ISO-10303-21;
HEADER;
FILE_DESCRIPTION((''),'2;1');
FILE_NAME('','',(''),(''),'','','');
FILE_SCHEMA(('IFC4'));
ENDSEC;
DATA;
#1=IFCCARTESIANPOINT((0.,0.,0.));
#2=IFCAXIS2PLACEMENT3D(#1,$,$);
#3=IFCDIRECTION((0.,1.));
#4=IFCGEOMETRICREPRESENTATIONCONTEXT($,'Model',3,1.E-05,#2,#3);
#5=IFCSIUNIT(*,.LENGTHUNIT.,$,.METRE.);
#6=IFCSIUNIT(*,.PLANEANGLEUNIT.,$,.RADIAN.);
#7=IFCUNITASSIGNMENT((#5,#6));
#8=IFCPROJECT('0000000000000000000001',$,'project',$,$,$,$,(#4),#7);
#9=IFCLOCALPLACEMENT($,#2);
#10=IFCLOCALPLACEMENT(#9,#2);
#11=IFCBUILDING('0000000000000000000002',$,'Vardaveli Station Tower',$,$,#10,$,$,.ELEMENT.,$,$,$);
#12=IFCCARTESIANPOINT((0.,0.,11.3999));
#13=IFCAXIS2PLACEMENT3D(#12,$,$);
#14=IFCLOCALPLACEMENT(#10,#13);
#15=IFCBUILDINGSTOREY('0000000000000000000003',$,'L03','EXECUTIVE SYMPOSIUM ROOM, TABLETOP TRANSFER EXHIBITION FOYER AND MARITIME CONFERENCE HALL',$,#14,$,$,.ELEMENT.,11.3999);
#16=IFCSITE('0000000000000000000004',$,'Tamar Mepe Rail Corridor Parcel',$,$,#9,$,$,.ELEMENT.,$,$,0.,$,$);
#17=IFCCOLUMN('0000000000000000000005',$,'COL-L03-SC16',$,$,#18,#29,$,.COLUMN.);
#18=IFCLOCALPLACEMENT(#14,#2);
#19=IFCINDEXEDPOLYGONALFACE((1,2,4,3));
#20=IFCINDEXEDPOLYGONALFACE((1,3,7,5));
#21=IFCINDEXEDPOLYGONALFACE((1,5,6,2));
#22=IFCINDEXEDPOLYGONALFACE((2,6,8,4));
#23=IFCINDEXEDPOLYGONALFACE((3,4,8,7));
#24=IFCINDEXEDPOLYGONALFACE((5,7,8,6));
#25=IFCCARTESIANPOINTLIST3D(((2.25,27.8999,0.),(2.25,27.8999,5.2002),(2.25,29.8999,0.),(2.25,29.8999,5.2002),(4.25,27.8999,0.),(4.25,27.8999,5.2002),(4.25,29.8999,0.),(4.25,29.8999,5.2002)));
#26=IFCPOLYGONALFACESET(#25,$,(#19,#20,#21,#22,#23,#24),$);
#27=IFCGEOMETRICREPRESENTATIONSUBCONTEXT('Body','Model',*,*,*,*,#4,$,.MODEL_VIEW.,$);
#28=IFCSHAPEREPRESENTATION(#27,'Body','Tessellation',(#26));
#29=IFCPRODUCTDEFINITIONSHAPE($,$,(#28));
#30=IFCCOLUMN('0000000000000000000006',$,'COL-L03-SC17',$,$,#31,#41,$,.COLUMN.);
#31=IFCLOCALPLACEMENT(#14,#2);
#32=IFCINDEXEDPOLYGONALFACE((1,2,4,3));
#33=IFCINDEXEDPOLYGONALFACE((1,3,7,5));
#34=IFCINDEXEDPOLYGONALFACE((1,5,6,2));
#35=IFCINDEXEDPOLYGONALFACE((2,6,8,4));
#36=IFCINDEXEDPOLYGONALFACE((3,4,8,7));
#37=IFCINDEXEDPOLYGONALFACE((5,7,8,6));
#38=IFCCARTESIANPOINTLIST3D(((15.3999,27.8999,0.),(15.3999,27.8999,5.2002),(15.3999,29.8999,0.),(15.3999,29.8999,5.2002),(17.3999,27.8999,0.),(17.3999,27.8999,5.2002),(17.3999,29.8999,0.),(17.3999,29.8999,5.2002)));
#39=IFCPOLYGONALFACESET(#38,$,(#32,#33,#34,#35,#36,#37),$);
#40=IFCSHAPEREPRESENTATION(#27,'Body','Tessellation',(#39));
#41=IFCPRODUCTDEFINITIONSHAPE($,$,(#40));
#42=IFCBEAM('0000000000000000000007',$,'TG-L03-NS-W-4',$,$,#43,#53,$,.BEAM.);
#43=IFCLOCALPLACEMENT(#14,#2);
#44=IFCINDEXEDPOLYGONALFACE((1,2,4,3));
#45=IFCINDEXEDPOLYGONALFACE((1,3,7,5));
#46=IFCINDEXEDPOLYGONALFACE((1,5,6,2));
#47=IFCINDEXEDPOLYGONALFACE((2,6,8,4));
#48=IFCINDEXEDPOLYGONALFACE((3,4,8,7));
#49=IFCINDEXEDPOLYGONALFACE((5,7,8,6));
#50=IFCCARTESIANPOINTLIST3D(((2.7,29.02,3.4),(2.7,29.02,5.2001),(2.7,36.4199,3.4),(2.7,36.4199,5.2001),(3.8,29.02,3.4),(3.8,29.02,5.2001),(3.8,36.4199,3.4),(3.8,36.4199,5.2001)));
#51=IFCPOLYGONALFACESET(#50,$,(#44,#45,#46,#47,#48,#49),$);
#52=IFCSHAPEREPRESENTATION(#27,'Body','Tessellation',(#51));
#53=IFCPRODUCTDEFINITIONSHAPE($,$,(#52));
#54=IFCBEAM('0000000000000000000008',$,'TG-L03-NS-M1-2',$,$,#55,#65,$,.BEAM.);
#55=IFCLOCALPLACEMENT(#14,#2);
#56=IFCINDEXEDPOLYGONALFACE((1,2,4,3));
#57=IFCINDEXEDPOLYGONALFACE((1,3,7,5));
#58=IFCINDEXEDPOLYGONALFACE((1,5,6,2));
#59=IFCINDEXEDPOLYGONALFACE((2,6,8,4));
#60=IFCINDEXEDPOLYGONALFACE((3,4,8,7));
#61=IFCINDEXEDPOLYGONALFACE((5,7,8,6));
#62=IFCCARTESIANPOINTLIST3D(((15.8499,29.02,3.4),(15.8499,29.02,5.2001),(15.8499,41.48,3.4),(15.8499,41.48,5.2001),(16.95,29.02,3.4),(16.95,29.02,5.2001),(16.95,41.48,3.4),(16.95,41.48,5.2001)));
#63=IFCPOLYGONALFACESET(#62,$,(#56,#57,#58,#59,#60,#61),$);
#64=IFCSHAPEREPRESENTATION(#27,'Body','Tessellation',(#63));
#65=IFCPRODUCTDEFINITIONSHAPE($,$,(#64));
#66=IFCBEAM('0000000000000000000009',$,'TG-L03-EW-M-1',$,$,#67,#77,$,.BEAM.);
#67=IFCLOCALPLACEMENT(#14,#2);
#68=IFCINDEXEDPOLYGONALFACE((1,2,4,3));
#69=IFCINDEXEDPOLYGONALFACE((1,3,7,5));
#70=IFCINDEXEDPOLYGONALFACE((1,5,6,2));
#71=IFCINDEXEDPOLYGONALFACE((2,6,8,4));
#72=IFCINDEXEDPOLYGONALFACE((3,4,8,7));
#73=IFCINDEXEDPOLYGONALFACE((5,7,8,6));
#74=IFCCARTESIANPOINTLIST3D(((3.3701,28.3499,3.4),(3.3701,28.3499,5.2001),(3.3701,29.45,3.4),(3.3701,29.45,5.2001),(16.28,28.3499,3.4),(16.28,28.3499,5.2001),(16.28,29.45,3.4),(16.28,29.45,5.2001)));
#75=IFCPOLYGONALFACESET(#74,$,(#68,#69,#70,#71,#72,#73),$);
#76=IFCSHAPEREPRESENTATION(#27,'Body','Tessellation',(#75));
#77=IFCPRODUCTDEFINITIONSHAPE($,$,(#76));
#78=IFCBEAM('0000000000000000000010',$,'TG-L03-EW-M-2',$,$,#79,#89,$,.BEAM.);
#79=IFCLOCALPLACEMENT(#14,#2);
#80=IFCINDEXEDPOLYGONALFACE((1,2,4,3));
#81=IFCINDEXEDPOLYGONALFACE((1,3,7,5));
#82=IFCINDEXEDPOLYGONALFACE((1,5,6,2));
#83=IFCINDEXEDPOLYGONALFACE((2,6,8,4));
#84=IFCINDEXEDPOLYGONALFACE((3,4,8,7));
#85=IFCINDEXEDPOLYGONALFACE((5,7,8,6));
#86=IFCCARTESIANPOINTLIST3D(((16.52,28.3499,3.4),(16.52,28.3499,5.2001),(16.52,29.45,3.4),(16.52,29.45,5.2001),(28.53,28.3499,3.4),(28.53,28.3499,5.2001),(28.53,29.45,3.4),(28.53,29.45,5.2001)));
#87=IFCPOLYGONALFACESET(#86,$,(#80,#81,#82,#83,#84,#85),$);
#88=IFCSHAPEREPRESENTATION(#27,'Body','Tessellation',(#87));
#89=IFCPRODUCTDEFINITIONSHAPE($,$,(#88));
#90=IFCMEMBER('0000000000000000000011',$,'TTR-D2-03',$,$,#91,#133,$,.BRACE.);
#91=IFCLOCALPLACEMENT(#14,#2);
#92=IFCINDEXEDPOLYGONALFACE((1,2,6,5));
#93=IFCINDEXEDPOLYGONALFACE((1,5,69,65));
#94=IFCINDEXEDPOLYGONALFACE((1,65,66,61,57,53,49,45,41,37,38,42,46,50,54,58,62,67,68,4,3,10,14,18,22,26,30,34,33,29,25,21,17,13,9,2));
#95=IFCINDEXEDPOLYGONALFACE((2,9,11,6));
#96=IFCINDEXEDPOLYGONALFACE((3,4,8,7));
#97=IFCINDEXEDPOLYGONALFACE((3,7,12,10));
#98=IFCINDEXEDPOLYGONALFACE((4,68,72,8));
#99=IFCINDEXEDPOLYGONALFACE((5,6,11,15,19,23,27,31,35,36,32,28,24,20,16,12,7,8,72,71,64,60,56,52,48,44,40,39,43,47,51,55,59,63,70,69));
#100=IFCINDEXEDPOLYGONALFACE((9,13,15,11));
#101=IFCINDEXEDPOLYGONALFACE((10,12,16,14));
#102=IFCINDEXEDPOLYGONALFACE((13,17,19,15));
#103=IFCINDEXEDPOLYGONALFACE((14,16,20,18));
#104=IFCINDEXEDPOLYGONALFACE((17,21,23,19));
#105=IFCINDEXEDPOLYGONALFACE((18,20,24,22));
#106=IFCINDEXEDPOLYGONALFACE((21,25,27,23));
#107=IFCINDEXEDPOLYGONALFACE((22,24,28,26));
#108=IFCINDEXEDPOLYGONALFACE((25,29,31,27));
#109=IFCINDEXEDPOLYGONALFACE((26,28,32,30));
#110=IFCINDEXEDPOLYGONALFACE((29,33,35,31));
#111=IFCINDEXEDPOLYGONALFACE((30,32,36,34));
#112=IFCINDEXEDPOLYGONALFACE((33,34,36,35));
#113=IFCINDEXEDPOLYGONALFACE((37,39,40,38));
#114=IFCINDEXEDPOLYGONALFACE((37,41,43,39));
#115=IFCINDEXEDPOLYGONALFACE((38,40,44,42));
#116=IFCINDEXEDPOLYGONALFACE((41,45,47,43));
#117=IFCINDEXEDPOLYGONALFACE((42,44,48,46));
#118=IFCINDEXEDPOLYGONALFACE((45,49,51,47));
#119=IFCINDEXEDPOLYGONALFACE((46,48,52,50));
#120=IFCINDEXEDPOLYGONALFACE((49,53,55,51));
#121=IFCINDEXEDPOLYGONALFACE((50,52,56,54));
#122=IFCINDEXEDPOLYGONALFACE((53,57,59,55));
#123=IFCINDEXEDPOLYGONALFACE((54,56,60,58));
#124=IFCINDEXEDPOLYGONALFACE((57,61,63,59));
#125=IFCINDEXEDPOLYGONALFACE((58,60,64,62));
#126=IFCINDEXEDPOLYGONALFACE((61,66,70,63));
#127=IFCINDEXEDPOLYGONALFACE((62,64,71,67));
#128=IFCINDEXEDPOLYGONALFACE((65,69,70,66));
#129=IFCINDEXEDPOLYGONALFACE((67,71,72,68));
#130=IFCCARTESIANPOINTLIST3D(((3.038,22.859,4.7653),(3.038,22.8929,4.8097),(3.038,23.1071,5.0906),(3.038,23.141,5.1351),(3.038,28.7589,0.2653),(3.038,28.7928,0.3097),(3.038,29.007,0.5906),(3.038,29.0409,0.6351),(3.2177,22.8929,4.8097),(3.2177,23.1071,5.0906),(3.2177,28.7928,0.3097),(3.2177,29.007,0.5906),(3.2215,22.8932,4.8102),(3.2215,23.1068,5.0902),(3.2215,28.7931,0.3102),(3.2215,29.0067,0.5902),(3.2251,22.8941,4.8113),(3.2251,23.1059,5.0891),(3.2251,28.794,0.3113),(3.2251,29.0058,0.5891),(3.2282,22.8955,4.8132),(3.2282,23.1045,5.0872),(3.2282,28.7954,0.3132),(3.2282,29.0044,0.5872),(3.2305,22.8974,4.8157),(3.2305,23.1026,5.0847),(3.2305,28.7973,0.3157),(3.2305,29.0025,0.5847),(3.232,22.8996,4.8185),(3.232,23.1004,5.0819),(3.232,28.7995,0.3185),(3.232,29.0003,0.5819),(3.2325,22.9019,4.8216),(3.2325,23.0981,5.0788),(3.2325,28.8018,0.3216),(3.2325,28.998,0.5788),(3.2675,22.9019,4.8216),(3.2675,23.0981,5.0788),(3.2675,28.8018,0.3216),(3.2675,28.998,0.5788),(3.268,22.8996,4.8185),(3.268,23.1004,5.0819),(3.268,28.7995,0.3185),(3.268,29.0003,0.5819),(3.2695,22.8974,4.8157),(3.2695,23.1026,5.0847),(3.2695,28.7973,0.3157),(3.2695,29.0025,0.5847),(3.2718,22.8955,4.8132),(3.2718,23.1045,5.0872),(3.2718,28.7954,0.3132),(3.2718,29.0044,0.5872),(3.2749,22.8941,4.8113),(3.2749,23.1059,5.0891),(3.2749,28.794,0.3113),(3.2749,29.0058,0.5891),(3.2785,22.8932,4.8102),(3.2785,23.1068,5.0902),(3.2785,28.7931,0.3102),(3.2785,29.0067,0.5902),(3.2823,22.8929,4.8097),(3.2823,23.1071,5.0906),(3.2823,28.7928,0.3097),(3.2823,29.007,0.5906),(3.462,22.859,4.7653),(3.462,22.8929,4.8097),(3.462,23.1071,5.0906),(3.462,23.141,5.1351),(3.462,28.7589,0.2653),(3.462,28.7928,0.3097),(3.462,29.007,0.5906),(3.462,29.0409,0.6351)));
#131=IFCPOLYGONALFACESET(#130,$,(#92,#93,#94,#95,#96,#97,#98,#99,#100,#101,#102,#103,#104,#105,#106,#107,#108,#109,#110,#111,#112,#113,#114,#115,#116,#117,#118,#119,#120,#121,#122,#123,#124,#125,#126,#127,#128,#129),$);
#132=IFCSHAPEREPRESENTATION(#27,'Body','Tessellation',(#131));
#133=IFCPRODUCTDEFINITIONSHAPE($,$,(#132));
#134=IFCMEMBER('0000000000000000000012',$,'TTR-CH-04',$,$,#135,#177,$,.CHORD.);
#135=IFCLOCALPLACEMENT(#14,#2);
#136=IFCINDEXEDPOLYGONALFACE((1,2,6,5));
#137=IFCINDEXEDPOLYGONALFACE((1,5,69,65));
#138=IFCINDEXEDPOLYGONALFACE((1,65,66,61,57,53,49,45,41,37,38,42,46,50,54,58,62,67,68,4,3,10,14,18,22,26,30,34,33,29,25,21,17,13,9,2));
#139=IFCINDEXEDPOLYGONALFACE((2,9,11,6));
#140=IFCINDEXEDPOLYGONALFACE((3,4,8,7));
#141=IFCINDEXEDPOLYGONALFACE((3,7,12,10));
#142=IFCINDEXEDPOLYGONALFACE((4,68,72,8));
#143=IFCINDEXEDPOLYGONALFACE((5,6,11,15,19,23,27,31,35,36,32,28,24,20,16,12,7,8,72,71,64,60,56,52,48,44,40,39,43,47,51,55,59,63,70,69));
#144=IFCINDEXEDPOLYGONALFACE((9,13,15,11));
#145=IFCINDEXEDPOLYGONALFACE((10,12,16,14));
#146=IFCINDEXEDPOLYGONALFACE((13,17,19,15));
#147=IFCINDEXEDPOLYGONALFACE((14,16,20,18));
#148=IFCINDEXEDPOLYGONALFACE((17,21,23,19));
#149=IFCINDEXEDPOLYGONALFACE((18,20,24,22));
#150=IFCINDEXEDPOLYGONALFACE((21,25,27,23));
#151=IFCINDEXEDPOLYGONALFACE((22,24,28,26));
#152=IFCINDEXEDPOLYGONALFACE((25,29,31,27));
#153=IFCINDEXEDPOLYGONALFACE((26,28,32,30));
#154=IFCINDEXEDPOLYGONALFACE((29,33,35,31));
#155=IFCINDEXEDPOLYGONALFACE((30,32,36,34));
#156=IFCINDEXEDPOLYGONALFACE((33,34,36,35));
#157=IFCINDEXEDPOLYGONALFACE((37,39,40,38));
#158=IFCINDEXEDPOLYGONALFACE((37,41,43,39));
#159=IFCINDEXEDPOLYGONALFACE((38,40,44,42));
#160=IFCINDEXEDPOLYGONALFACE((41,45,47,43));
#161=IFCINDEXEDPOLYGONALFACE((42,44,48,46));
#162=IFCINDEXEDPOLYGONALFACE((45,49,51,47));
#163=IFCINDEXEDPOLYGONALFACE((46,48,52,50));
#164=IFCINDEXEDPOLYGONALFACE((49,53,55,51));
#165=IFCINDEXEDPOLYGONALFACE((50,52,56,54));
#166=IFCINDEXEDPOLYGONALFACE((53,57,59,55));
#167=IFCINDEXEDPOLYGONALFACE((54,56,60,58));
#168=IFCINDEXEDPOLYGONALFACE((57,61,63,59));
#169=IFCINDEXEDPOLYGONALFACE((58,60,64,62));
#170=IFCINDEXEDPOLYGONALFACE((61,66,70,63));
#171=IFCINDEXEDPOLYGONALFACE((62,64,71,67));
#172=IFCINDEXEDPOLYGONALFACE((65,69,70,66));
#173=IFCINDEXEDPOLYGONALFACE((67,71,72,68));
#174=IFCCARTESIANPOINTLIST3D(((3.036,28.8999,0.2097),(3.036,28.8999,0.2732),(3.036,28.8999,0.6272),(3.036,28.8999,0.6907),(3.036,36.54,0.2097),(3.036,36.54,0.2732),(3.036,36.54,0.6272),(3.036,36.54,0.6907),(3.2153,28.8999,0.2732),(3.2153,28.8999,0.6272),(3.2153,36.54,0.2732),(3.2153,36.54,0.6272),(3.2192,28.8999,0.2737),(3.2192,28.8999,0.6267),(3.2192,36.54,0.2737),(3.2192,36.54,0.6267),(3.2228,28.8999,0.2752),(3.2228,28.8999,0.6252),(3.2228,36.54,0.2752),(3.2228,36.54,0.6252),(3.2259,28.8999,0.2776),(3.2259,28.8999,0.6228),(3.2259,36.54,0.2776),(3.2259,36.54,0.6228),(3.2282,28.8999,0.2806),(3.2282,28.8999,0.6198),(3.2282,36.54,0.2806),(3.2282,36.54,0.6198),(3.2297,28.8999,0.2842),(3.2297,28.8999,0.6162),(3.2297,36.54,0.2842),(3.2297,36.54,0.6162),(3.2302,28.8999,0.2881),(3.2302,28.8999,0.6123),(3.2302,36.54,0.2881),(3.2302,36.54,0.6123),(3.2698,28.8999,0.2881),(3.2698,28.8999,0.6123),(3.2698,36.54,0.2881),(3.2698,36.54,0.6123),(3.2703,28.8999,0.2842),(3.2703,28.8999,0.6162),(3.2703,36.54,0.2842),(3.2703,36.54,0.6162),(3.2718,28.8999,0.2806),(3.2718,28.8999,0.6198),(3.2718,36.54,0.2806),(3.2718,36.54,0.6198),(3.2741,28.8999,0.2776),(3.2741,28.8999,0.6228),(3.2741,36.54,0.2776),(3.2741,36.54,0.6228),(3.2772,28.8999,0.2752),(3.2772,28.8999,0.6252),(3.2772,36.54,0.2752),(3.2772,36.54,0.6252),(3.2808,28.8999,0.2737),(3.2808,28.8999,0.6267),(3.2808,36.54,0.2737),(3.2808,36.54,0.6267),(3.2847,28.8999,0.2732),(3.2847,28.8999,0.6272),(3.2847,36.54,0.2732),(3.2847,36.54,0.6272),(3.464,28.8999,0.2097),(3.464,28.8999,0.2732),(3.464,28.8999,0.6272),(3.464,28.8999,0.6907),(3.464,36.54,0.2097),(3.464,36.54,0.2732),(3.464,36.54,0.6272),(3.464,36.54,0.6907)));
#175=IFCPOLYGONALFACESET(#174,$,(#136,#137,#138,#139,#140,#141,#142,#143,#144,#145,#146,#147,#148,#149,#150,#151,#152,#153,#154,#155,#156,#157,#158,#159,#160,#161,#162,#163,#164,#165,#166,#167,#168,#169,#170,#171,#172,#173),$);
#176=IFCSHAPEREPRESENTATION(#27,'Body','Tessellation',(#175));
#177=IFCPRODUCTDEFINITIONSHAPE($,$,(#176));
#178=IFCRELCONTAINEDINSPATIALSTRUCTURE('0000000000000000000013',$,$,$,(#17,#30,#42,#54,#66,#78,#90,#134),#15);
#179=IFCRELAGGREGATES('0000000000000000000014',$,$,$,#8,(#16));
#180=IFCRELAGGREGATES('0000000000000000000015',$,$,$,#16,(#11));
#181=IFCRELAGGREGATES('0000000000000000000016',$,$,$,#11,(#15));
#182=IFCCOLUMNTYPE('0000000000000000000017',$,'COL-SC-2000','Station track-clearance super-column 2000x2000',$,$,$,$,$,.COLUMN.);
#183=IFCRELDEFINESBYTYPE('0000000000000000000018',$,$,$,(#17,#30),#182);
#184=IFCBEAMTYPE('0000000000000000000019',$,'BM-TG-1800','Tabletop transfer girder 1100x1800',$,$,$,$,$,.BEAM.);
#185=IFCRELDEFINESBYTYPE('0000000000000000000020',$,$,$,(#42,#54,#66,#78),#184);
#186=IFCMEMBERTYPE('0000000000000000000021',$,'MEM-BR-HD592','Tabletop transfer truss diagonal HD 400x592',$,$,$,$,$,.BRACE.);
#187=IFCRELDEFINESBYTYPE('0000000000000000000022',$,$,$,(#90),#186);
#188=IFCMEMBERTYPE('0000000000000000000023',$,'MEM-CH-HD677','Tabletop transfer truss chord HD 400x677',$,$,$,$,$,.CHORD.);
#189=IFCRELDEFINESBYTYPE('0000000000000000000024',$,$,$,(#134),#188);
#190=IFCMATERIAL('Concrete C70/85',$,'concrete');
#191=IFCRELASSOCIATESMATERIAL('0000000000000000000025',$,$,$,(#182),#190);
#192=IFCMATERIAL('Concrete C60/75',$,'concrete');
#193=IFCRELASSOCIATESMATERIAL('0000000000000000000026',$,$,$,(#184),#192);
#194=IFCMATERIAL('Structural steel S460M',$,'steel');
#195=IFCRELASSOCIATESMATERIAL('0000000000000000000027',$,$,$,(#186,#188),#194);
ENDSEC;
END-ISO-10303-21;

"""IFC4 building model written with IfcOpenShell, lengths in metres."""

from ifc_helpers import new_model, si_unit, direction, frame, origin, origin_2d, place, context, subcontext, project, spatial, rectangle, i_section, extrude, source, transform, mapped, material, material_profile, profile_set, type_object, element, save


model = new_model("IFC4")

# Units and contexts
model_context = context("Model", 3, precision=1e-05, world=origin(), true_north=direction((0.0, 1.0)))
body_context = subcontext(model_context, "Body", "Model", "MODEL_VIEW")
ifc_project = project(units=[si_unit("LENGTHUNIT", "METRE"), si_unit("PLANEANGLEUNIT", "RADIAN")], contexts=[model_context])

# Site, building, storey
site_placement = place(None, origin())
site = spatial("IfcSite", under=ifc_project, at=site_placement, Name="Tamar Mepe Rail Corridor Parcel", CompositionType="ELEMENT", RefElevation=0.0)
building_placement = place(site_placement, origin())
building = spatial("IfcBuilding", under=site, at=building_placement, Name="Vardaveli Station Tower", CompositionType="ELEMENT")
storey_placement = place(building_placement, frame((0.0, 0.0, 11.3999)))
storey = spatial("IfcBuildingStorey", under=building, at=storey_placement, Name="L03", Description="EXECUTIVE SYMPOSIUM ROOM, TABLETOP TRANSFER EXHIBITION FOYER AND MARITIME CONFERENCE HALL", CompositionType="ELEMENT", Elevation=11.3999)

# Columns
ifc_material_1 = material(Name="Concrete C70/85", Category="concrete")
ifc_material_profile_1 = material_profile(ifc_material_1, rectangle(XDim=2.0, YDim=2.0, at=origin_2d()), Name="SC 2000x2000")
ifc_profile_set_1 = profile_set([ifc_material_profile_1], Name="Concrete C70/85")
column_type = type_object("IfcColumnType", Name="COL-SC-2000", Description="Station track-clearance super-column 2000x2000", PredefinedType="COLUMN", material=ifc_profile_set_1)
shared_shape_1 = source(origin(), body_context, "Body", "SweptSolid", [
    extrude(rectangle(XDim=2.0, YDim=2.0, at=origin_2d()), origin(), (0.0, 0.0, 1.0), 5.2002),
])
for number, where, z_axis, x_axis, name in (
    (1, (3.25, 28.8999, 0.0), (0.0, 0.0, 1.0), (1.0, 0.0, 0.0), "COL-L03-SC16"),
    (2, (16.3999, 28.8999, 0.0), (0.0, 0.0, 1.0), (1.0, 0.0, 0.0), "COL-L03-SC17"),
):
    element("IfcColumn", number, at=place(storey_placement, frame(where, z_axis=z_axis, x_axis=x_axis)), inside=storey, type_object=column_type, Name=name, PredefinedType="COLUMN", context=body_context, shape_type="MappedRepresentation", body=[
        mapped(shared_shape_1, transform((0.0, 0.0, 0.0), scale=1.0)),
    ])

# Beams
ifc_material_2 = material(Name="Concrete C60/75", Category="concrete")
ifc_material_profile_2 = material_profile(ifc_material_2, rectangle(XDim=1.1001, YDim=1.8, at=origin_2d()), Name="TG 1100x1800")
ifc_profile_set_2 = profile_set([ifc_material_profile_2], Name="Concrete C60/75")
beam_type_1 = type_object("IfcBeamType", Name="BM-TG-1800", Description="Tabletop transfer girder 1100x1800", PredefinedType="BEAM", material=ifc_profile_set_2)
shared_shape_2 = source(origin(), body_context, "Body", "SweptSolid", [
    extrude(rectangle(XDim=1.1001, YDim=1.8, at=origin_2d()), origin(), (0.0, 0.0, 1.0), 7.3999),
])
beam_1_placement = place(storey_placement, frame((3.25, 29.02, 4.3), z_axis=(0.0, 1.0, 0.0), x_axis=(-1.0, 0.0, 0.0)))
element("IfcBeam", 3, at=beam_1_placement, inside=storey, type_object=beam_type_1, Name="TG-L03-NS-W-4", PredefinedType="BEAM", context=body_context, shape_type="MappedRepresentation", body=[
    mapped(shared_shape_2, transform((0.0, 0.0, 0.0), scale=1.0)),
])
shared_shape_3 = source(origin(), body_context, "Body", "SweptSolid", [
    extrude(rectangle(XDim=1.1001, YDim=1.8, at=origin_2d()), origin(), (0.0, 0.0, 1.0), 12.46),
])
beam_2_placement = place(storey_placement, frame((16.3999, 29.02, 4.3), z_axis=(0.0, 1.0, 0.0), x_axis=(-1.0, 0.0, 0.0)))
element("IfcBeam", 4, at=beam_2_placement, inside=storey, type_object=beam_type_1, Name="TG-L03-NS-M1-2", PredefinedType="BEAM", context=body_context, shape_type="MappedRepresentation", body=[
    mapped(shared_shape_3, transform((0.0, 0.0, 0.0), scale=1.0)),
])
shared_shape_4 = source(origin(), body_context, "Body", "SweptSolid", [
    extrude(rectangle(XDim=1.1001, YDim=1.8, at=origin_2d()), origin(), (0.0, 0.0, 1.0), 12.9099),
])
beam_3_placement = place(storey_placement, frame((3.3701, 28.8999, 4.3), z_axis=(1.0, 0.0, 0.0), x_axis=(0.0, 1.0, 0.0)))
element("IfcBeam", 5, at=beam_3_placement, inside=storey, type_object=beam_type_1, Name="TG-L03-EW-M-1", PredefinedType="BEAM", context=body_context, shape_type="MappedRepresentation", body=[
    mapped(shared_shape_4, transform((0.0, 0.0, 0.0), scale=1.0)),
])
shared_shape_5 = source(origin(), body_context, "Body", "SweptSolid", [
    extrude(rectangle(XDim=1.1001, YDim=1.8, at=origin_2d()), origin(), (0.0, 0.0, 1.0), 12.01),
])
beam_4_placement = place(storey_placement, frame((16.52, 28.8999, 4.3), z_axis=(1.0, 0.0, 0.0), x_axis=(0.0, 1.0, 0.0)))
element("IfcBeam", 6, at=beam_4_placement, inside=storey, type_object=beam_type_1, Name="TG-L03-EW-M-2", PredefinedType="BEAM", context=body_context, shape_type="MappedRepresentation", body=[
    mapped(shared_shape_5, transform((0.0, 0.0, 0.0), scale=1.0)),
])

# Members
ifc_material_3 = material(Name="Structural steel S460M", Category="steel")
ifc_material_profile_3 = material_profile(ifc_material_3, i_section(OverallWidth=0.4241, OverallDepth=0.4651, WebThickness=0.0349, FlangeThickness=0.0559, FilletRadius=0.0149, at=origin_2d()), Name="HD 400x592")
ifc_profile_set_3 = profile_set([ifc_material_profile_3], Name="Structural steel S460M")
member_type_1 = type_object("IfcMemberType", Name="MEM-BR-HD592", Description="Tabletop transfer truss diagonal HD 400x592", PredefinedType="BRACE", material=ifc_profile_set_3)
shared_shape_6 = source(origin(), body_context, "Body", "SweptSolid", [
    extrude(i_section(OverallWidth=0.4241, OverallDepth=0.4651, WebThickness=0.0349, FlangeThickness=0.0559, FilletRadius=0.0149, at=origin_2d()), origin(), (0.0, 0.0, 1.0), 7.4202),
])
member_1_placement = place(storey_placement, frame((3.25, 28.8999, 0.4502), z_axis=(0.0, -0.795117, 0.606456), x_axis=(1.0, 0.0, 0.0)))
element("IfcMember", 7, at=member_1_placement, inside=storey, type_object=member_type_1, Name="TTR-D2-03", PredefinedType="BRACE", context=body_context, shape_type="MappedRepresentation", body=[
    mapped(shared_shape_6, transform((0.0, 0.0, 0.0), scale=1.0)),
])
ifc_material_profile_4 = material_profile(ifc_material_3, i_section(OverallWidth=0.428, OverallDepth=0.481, WebThickness=0.0396, FlangeThickness=0.0635, FilletRadius=0.0149, at=origin_2d()), Name="HD 400x677")
ifc_profile_set_4 = profile_set([ifc_material_profile_4], Name="Structural steel S460M")
member_type_2 = type_object("IfcMemberType", Name="MEM-CH-HD677", Description="Tabletop transfer truss chord HD 400x677", PredefinedType="CHORD", material=ifc_profile_set_4)
shared_shape_7 = source(origin(), body_context, "Body", "SweptSolid", [
    extrude(i_section(OverallWidth=0.428, OverallDepth=0.481, WebThickness=0.0396, FlangeThickness=0.0635, FilletRadius=0.0149, at=origin_2d()), origin(), (0.0, 0.0, 1.0), 7.6401),
])
member_2_placement = place(storey_placement, frame((3.25, 28.8999, 0.4502), z_axis=(0.0, 1.0, 0.0), x_axis=(-1.0, 0.0, 0.0)))
element("IfcMember", 8, at=member_2_placement, inside=storey, type_object=member_type_2, Name="TTR-CH-04", PredefinedType="CHORD", context=body_context, shape_type="MappedRepresentation", body=[
    mapped(shared_shape_7, transform((0.0, 0.0, 0.0), scale=1.0)),
])

save(model, "model.ifc")
